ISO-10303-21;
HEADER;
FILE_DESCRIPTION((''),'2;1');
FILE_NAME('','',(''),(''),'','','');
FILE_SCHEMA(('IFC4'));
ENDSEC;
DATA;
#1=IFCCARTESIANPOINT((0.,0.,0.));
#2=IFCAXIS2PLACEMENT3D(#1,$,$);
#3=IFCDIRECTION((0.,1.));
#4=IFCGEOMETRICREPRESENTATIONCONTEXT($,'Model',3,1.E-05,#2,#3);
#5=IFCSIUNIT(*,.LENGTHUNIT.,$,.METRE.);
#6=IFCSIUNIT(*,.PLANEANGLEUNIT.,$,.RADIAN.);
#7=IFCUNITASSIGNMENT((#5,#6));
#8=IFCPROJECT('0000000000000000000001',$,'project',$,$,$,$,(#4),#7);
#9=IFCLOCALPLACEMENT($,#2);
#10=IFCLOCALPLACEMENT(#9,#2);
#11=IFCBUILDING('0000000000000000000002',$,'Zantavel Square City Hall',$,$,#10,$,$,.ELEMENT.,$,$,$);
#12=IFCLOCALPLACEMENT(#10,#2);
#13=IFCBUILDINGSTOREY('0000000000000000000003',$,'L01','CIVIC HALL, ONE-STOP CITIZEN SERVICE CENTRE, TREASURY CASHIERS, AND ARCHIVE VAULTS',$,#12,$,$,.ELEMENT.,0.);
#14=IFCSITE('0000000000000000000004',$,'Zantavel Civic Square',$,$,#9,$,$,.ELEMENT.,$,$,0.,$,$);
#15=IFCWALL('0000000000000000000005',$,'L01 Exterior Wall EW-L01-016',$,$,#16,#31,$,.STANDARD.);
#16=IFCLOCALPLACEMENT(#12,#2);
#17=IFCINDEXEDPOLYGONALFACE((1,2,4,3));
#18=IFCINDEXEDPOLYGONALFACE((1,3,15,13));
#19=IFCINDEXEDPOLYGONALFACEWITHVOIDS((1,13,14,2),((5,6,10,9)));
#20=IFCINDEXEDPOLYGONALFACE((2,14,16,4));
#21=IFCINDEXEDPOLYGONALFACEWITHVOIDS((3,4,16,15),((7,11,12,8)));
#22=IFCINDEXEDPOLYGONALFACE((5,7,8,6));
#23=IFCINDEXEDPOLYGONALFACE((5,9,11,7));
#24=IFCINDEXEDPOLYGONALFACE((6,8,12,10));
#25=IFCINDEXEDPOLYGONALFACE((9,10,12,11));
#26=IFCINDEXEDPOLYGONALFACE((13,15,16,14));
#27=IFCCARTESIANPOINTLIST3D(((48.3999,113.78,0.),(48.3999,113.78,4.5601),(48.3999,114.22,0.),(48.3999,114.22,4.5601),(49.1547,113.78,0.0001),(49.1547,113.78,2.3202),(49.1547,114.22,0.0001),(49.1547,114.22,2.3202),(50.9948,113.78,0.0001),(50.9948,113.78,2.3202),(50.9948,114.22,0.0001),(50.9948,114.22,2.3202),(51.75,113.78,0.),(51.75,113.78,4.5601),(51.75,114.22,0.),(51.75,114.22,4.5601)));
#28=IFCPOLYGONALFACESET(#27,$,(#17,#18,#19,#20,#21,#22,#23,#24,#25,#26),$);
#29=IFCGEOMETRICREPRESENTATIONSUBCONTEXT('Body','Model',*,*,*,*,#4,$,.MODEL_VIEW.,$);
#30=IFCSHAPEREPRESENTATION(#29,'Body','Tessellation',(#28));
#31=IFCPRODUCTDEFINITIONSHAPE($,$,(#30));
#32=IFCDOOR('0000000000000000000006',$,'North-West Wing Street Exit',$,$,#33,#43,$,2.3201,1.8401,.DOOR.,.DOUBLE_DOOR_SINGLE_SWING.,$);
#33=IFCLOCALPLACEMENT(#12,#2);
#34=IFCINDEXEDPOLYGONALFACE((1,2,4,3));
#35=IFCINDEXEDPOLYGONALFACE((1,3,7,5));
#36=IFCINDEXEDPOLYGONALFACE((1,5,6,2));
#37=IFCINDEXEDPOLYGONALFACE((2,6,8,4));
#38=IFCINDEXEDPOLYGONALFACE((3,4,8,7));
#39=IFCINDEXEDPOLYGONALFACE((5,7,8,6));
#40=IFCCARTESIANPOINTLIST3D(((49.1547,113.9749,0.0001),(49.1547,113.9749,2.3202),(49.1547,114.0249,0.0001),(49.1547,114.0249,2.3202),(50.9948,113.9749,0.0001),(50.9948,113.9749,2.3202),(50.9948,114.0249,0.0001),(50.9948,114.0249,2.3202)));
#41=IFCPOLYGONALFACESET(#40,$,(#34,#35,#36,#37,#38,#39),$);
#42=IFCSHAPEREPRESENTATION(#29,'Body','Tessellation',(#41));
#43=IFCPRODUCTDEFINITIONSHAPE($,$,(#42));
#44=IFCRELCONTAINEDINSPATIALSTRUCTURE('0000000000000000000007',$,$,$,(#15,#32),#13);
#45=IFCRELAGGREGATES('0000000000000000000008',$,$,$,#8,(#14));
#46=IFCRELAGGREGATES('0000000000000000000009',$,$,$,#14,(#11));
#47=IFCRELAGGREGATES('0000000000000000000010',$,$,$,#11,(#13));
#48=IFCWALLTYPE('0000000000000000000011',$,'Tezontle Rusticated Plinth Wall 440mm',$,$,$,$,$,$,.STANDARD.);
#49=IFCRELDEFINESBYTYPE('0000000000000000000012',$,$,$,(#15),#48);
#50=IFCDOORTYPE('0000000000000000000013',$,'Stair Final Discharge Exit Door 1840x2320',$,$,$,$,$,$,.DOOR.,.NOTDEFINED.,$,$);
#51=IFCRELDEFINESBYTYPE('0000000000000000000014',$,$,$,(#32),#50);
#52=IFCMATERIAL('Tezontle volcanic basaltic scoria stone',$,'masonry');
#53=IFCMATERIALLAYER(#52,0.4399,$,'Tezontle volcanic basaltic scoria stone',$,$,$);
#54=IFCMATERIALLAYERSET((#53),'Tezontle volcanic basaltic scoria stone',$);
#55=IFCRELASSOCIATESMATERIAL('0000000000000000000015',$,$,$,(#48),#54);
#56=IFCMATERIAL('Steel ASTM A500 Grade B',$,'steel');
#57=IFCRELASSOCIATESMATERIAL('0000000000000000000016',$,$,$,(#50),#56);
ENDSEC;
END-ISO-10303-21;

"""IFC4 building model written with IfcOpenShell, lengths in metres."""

from ifc_helpers import new_model, si_unit, direction, frame, frame_2d, origin, place, context, subcontext, project, spatial, rectangle, extrude, material, layer, layer_set, type_object, element, fill, save


model = new_model("IFC4")

# Units and contexts
model_context = context("Model", 3, precision=1e-05, world=origin(), true_north=direction((0.0, 1.0)))
body_context = subcontext(model_context, "Body", "Model", "MODEL_VIEW")
ifc_project = project(units=[si_unit("LENGTHUNIT", "METRE"), si_unit("PLANEANGLEUNIT", "RADIAN")], contexts=[model_context])

# Site, building, storey
site_placement = place(None, origin())
site = spatial("IfcSite", under=ifc_project, at=site_placement, Name="Zantavel Civic Square", CompositionType="ELEMENT", RefElevation=0.0)
building_placement = place(site_placement, origin())
building = spatial("IfcBuilding", under=site, at=building_placement, Name="Zantavel Square City Hall", CompositionType="ELEMENT")
storey_placement = place(building_placement, origin())
storey = spatial("IfcBuildingStorey", under=building, at=storey_placement, Name="L01", Description="CIVIC HALL, ONE-STOP CITIZEN SERVICE CENTRE, TREASURY CASHIERS, AND ARCHIVE VAULTS", CompositionType="ELEMENT", Elevation=0.0)

# Shared definitions
ifc_material_1 = material(Name="Steel ASTM A500 Grade B", Category="steel")

# Shared definitions
ifc_material_2 = material(Name="Tezontle volcanic basaltic scoria stone", Category="masonry")
ifc_layer_1 = layer(ifc_material_2, 0.4399, Name="Tezontle volcanic basaltic scoria stone")
ifc_layer_set_1 = layer_set([ifc_layer_1], Name="Tezontle volcanic basaltic scoria stone")
wall_type_1 = type_object("IfcWallType", Name="Tezontle Rusticated Plinth Wall 440mm", PredefinedType="STANDARD", material=ifc_layer_set_1)

# Wall, opening, door
wall_1_placement = place(storey_placement, frame((48.3999, 114.0, 0.0), z_axis=(0.0, 0.0, 1.0), x_axis=(1.0, 0.0, 0.0)))
wall_1 = element("IfcWall", 1, at=wall_1_placement, inside=storey, type_object=wall_type_1, Name="L01 Exterior Wall EW-L01-016", PredefinedType="STANDARD", context=body_context, shape_type="SweptSolid", body=[
    extrude(rectangle(XDim=3.3501, YDim=0.4399, at=frame_2d((1.675, 0.0))), origin(), (0.0, 0.0, 1.0), 4.5601),
])
opening_1_placement = place(wall_1_placement, frame((0.7549, 0.0, 0.0)))
opening_1 = element("IfcOpeningElement", 2, at=opening_1_placement, cuts=wall_1, PredefinedType="OPENING", context=body_context, shape_type="SweptSolid", body=[
    extrude(rectangle(XDim=1.8401, YDim=2.3201, at=frame_2d((0.9199, 1.1602))), frame((0.0, 0.23, 0.0), z_axis=(0.0, -1.0, 0.0), x_axis=(1.0, 0.0, 0.0)), (0.0, 0.0, 1.0), 0.46),
])
door_type_1 = type_object("IfcDoorType", Name="Stair Final Discharge Exit Door 1840x2320", OperationType="NOTDEFINED", PredefinedType="DOOR", material=ifc_material_1)
door_1_placement = place(opening_1_placement, origin())
door_1 = element("IfcDoor", 3, at=door_1_placement, inside=storey, type_object=door_type_1, Name="North-West Wing Street Exit", OperationType="DOUBLE_DOOR_SINGLE_SWING", OverallHeight=2.3201, OverallWidth=1.8401, PredefinedType="DOOR", context=body_context, shape_type="SweptSolid", body=[
    extrude(rectangle(XDim=1.8401, YDim=2.3201, at=frame_2d((0.9199, 1.1602))), frame((0.0, 0.0249, 0.0), z_axis=(0.0, -1.0, 0.0), x_axis=(1.0, 0.0, 0.0)), (0.0, 0.0, 1.0), 0.05),
])
fill(opening_1, door_1)

save(model, "model.ifc")
